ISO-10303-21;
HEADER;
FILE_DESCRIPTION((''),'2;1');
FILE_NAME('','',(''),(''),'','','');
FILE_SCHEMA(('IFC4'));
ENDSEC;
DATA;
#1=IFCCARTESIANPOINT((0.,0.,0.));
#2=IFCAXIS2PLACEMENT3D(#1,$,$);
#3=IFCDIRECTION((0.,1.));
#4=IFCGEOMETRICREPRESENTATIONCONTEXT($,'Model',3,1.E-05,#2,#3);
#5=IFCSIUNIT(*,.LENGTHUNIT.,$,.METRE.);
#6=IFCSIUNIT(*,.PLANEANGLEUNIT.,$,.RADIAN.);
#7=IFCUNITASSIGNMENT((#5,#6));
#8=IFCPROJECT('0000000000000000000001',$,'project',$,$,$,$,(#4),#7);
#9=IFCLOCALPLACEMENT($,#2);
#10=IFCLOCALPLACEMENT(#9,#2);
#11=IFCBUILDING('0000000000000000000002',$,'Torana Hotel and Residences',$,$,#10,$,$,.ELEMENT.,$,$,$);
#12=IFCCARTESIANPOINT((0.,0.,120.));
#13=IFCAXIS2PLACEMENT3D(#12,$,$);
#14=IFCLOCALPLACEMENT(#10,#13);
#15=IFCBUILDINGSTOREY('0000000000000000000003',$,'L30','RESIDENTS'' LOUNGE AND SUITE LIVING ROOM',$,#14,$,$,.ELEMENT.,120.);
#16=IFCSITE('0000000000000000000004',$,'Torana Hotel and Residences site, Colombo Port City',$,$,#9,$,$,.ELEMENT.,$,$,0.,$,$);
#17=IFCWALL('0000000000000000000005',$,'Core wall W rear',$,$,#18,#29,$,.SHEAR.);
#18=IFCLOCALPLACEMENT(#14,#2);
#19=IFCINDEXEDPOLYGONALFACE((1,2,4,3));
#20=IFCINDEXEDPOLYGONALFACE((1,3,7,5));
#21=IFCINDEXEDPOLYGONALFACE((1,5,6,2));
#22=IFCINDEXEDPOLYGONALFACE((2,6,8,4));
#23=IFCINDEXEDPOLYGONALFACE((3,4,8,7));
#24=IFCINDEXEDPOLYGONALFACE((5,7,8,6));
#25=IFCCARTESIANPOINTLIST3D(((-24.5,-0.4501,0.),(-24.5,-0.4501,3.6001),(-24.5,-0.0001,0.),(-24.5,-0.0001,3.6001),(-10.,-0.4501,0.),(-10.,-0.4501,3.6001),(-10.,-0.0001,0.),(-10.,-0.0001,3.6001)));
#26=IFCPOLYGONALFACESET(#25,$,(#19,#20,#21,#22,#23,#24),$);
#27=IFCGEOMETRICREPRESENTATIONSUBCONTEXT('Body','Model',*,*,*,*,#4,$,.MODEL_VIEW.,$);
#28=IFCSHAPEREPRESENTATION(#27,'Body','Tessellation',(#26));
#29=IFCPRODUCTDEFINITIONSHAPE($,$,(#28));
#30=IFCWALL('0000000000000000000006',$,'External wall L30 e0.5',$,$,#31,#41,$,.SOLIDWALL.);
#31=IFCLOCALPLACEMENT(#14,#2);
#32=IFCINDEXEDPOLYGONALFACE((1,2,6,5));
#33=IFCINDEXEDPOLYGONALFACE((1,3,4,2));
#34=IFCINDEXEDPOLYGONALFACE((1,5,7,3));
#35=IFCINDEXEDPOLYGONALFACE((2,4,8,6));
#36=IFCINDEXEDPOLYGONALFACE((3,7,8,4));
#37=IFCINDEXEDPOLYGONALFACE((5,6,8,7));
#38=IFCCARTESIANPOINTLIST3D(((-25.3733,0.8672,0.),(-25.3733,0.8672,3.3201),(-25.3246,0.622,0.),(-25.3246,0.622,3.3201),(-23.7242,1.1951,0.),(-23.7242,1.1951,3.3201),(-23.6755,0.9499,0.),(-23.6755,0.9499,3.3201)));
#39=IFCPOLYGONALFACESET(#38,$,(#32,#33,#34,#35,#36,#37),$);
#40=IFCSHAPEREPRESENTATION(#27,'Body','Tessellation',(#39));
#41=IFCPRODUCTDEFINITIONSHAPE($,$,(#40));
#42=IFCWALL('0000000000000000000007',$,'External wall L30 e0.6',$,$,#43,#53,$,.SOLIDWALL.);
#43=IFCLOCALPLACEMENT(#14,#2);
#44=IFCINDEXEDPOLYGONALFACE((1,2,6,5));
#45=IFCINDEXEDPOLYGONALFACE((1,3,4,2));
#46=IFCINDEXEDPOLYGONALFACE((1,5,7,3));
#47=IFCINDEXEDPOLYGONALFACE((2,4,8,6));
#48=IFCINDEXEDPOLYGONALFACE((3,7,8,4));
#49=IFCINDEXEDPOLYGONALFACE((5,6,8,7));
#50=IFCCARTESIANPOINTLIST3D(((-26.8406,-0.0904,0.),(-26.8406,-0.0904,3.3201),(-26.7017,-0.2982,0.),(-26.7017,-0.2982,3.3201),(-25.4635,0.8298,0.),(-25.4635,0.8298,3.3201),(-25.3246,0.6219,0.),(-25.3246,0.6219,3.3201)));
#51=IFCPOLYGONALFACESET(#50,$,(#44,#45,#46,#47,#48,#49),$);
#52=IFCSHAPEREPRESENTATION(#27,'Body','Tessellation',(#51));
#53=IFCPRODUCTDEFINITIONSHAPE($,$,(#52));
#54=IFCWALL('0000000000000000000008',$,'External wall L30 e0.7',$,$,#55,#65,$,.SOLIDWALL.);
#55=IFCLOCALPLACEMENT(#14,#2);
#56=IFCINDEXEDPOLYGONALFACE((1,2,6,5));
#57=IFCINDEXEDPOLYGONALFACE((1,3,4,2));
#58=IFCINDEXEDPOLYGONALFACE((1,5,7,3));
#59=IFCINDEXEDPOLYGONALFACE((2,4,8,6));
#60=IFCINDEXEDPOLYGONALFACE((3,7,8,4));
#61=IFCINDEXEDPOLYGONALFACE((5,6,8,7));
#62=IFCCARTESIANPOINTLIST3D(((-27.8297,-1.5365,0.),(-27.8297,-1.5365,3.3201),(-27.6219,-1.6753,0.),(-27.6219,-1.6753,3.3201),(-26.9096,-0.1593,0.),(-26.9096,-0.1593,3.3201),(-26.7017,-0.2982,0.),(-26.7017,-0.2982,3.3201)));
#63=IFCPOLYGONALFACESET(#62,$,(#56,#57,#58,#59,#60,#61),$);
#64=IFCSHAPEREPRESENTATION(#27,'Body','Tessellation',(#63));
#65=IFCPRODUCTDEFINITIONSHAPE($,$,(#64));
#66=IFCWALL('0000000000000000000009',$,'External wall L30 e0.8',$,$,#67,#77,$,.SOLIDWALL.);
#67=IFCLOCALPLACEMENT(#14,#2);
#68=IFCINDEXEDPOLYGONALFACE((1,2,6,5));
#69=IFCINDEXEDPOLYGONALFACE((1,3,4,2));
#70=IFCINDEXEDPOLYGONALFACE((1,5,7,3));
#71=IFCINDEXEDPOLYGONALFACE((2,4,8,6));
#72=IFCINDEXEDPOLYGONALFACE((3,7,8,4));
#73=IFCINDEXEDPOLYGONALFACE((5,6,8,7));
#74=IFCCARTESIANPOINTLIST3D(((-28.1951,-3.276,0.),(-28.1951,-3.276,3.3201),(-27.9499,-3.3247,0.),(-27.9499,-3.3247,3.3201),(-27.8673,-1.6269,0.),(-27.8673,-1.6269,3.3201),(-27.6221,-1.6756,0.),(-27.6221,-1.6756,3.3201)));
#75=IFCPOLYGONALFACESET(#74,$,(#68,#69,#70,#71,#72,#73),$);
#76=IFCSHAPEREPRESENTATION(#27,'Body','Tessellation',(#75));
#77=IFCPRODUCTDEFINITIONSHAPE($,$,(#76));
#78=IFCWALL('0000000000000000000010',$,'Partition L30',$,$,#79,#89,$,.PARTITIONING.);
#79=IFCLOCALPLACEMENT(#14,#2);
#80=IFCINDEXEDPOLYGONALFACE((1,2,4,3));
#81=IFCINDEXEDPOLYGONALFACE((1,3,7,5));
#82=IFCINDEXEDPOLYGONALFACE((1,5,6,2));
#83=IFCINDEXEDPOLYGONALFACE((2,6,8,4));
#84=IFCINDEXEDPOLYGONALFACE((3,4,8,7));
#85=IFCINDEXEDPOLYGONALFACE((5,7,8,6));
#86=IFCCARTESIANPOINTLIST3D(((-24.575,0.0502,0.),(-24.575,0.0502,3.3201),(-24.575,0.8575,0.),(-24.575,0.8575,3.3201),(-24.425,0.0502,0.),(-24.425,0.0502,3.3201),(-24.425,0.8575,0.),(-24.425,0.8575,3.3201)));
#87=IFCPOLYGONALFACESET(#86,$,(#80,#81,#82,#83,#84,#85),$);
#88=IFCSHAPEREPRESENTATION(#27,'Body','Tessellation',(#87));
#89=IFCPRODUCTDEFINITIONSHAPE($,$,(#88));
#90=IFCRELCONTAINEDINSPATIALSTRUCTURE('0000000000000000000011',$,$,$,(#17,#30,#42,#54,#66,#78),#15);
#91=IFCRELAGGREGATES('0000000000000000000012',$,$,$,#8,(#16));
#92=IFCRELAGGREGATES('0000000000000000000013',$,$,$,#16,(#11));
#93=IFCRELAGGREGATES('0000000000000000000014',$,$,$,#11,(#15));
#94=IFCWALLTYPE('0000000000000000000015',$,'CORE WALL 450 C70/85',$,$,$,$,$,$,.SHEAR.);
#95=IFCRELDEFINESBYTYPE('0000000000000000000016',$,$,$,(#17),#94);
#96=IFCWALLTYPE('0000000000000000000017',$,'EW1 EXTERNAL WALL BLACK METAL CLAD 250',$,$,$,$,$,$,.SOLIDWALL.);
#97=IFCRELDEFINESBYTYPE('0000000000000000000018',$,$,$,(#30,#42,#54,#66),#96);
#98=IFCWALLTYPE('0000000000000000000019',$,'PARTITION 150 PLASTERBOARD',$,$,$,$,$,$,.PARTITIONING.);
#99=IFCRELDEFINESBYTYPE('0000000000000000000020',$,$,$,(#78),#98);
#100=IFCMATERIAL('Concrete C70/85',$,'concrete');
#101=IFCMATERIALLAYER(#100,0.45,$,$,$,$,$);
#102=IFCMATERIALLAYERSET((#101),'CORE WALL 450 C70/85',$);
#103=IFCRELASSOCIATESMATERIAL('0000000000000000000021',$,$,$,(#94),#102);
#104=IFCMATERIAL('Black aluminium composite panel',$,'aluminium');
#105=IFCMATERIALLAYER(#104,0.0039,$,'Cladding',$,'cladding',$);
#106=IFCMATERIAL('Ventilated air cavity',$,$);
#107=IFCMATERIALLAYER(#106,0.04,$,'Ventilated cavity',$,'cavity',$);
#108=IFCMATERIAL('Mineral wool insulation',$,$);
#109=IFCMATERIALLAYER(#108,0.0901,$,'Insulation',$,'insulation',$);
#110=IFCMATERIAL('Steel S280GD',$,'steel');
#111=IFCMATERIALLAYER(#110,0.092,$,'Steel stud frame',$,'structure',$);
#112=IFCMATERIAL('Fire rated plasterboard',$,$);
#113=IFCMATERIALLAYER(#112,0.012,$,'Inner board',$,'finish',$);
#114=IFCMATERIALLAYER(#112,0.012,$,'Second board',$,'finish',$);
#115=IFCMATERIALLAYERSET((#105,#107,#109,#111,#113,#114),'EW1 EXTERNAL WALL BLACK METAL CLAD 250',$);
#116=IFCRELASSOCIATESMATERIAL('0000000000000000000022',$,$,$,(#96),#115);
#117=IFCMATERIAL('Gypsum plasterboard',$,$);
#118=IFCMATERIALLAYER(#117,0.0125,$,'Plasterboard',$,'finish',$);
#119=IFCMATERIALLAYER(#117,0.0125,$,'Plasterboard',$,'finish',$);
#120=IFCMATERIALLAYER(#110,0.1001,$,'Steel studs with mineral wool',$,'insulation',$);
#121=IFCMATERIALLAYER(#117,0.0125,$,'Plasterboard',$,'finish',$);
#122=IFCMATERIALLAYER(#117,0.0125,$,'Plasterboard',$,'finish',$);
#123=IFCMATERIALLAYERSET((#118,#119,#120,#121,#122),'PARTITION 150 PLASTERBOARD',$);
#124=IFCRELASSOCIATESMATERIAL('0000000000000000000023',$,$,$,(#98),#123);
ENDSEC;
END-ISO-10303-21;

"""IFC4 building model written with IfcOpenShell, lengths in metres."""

from ifc_helpers import new_model, si_unit, direction, frame, frame_2d, origin, place, context, subcontext, project, spatial, rectangle, extrude, material, layer, layer_set, type_object, element, save


model = new_model("IFC4")

# Units and contexts
model_context = context("Model", 3, precision=1e-05, world=origin(), true_north=direction((0.0, 1.0)))
body_context = subcontext(model_context, "Body", "Model", "MODEL_VIEW")
ifc_project = project(units=[si_unit("LENGTHUNIT", "METRE"), si_unit("PLANEANGLEUNIT", "RADIAN")], contexts=[model_context])

# Site, building, storey
site_placement = place(None, origin())
site = spatial("IfcSite", under=ifc_project, at=site_placement, Name="Torana Hotel and Residences site, Colombo Port City", CompositionType="ELEMENT", RefElevation=0.0)
building_placement = place(site_placement, origin())
building = spatial("IfcBuilding", under=site, at=building_placement, Name="Torana Hotel and Residences", CompositionType="ELEMENT")
storey_placement = place(building_placement, frame((0.0, 0.0, 120.0)))
storey = spatial("IfcBuildingStorey", under=building, at=storey_placement, Name="L30", Description="RESIDENTS' LOUNGE AND SUITE LIVING ROOM", CompositionType="ELEMENT", Elevation=120.0)

# Walls
ifc_material_1 = material(Name="Concrete C70/85", Category="concrete")
ifc_layer_1 = layer(ifc_material_1, 0.45)
ifc_layer_set_1 = layer_set([ifc_layer_1], Name="CORE WALL 450 C70/85")
wall_type_1 = type_object("IfcWallType", Name="CORE WALL 450 C70/85", PredefinedType="SHEAR", material=ifc_layer_set_1)
wall_1_placement = place(storey_placement, frame((-24.5, -0.2251, 0.0), z_axis=(0.0, 0.0, 1.0), x_axis=(1.0, 0.0, 0.0)))
element("IfcWall", 1, at=wall_1_placement, inside=storey, type_object=wall_type_1, Name="Core wall W rear", PredefinedType="SHEAR", context=body_context, shape_type="SweptSolid", body=[
    extrude(rectangle(XDim=14.5, YDim=0.45, at=frame_2d((7.25, 0.0))), origin(), (0.0, 0.0, 1.0), 3.6001),
])
ifc_material_2 = material(Name="Black aluminium composite panel", Category="aluminium")
ifc_layer_2 = layer(ifc_material_2, 0.0039, Name="Cladding", Category="cladding")
ifc_material_3 = material(Name="Ventilated air cavity")
ifc_layer_3 = layer(ifc_material_3, 0.04, Name="Ventilated cavity", Category="cavity")
ifc_material_4 = material(Name="Mineral wool insulation")
ifc_layer_4 = layer(ifc_material_4, 0.0901, Name="Insulation", Category="insulation")
ifc_material_5 = material(Name="Steel S280GD", Category="steel")
ifc_layer_5 = layer(ifc_material_5, 0.092, Name="Steel stud frame", Category="structure")
ifc_material_6 = material(Name="Fire rated plasterboard")
ifc_layer_6 = layer(ifc_material_6, 0.012, Name="Inner board", Category="finish")
ifc_layer_7 = layer(ifc_material_6, 0.012, Name="Second board", Category="finish")
ifc_layer_set_2 = layer_set([ifc_layer_2, ifc_layer_3, ifc_layer_4, ifc_layer_5, ifc_layer_6, ifc_layer_7], Name="EW1 EXTERNAL WALL BLACK METAL CLAD 250")
wall_type_2 = type_object("IfcWallType", Name="EW1 EXTERNAL WALL BLACK METAL CLAD 250", PredefinedType="SOLIDWALL", material=ifc_layer_set_2)
wall_2_placement = place(storey_placement, frame((-23.6997, 1.0725, 0.0), z_axis=(0.0, 0.0, 1.0), x_axis=(-0.980803, -0.194999, 0.0)))
element("IfcWall", 2, at=wall_2_placement, inside=storey, type_object=wall_type_2, Name="External wall L30 e0.5", PredefinedType="SOLIDWALL", context=body_context, shape_type="SweptSolid", body=[
    extrude(rectangle(XDim=1.6814, YDim=0.25, at=frame_2d((0.8408, 0.0))), origin(), (0.0, 0.0, 1.0), 3.3201),
])
for number, where, z_axis, x_axis, name in (
    (3, (-25.394, 0.7258, 0.0), (0.0, 0.0, 1.0), (-0.831483, -0.55555, 0.0), "External wall L30 e0.6"),
    (4, (-26.8057, -0.2288, 0.0), (0.0, 0.0, 1.0), (-0.55555, -0.831483, 0.0), "External wall L30 e0.7"),
):
    element("IfcWall", number, at=place(storey_placement, frame(where, z_axis=z_axis, x_axis=x_axis)), inside=storey, type_object=wall_type_2, Name=name, PredefinedType="SOLIDWALL", context=body_context, shape_type="SweptSolid", body=[
        extrude(rectangle(XDim=1.6562, YDim=0.25, at=frame_2d((0.8281, 0.0))), origin(), (0.0, 0.0, 1.0), 3.3201),
    ])
wall_3_placement = place(storey_placement, frame((-27.7446, -1.6511, 0.0), z_axis=(0.0, 0.0, 1.0), x_axis=(-0.194999, -0.980803, 0.0)))
element("IfcWall", 5, at=wall_3_placement, inside=storey, type_object=wall_type_2, Name="External wall L30 e0.8", PredefinedType="SOLIDWALL", context=body_context, shape_type="SweptSolid", body=[
    extrude(rectangle(XDim=1.6814, YDim=0.25, at=frame_2d((0.8408, 0.0))), origin(), (0.0, 0.0, 1.0), 3.3201),
])
ifc_material_7 = material(Name="Gypsum plasterboard")
ifc_layer_8 = layer(ifc_material_7, 0.0125, Name="Plasterboard", Category="finish")
ifc_layer_9 = layer(ifc_material_7, 0.0125, Name="Plasterboard", Category="finish")
ifc_layer_10 = layer(ifc_material_5, 0.1001, Name="Steel studs with mineral wool", Category="insulation")
ifc_layer_11 = layer(ifc_material_7, 0.0125, Name="Plasterboard", Category="finish")
ifc_layer_12 = layer(ifc_material_7, 0.0125, Name="Plasterboard", Category="finish")
ifc_layer_set_3 = layer_set([ifc_layer_8, ifc_layer_9, ifc_layer_10, ifc_layer_11, ifc_layer_12], Name="PARTITION 150 PLASTERBOARD")
wall_type_3 = type_object("IfcWallType", Name="PARTITION 150 PLASTERBOARD", PredefinedType="PARTITIONING", material=ifc_layer_set_3)
wall_4_placement = place(storey_placement, frame((-24.5, 0.05, 0.0), z_axis=(0.0, 0.0, 1.0), x_axis=(0.0, 1.0, 0.0)))
element("IfcWall", 6, at=wall_4_placement, inside=storey, type_object=wall_type_3, Name="Partition L30", PredefinedType="PARTITIONING", context=body_context, shape_type="SweptSolid", body=[
    extrude(rectangle(XDim=0.8074, YDim=0.1499, at=frame_2d((0.4038, 0.0))), origin(), (0.0, 0.0, 1.0), 3.3201),
])

save(model, "model.ifc")
